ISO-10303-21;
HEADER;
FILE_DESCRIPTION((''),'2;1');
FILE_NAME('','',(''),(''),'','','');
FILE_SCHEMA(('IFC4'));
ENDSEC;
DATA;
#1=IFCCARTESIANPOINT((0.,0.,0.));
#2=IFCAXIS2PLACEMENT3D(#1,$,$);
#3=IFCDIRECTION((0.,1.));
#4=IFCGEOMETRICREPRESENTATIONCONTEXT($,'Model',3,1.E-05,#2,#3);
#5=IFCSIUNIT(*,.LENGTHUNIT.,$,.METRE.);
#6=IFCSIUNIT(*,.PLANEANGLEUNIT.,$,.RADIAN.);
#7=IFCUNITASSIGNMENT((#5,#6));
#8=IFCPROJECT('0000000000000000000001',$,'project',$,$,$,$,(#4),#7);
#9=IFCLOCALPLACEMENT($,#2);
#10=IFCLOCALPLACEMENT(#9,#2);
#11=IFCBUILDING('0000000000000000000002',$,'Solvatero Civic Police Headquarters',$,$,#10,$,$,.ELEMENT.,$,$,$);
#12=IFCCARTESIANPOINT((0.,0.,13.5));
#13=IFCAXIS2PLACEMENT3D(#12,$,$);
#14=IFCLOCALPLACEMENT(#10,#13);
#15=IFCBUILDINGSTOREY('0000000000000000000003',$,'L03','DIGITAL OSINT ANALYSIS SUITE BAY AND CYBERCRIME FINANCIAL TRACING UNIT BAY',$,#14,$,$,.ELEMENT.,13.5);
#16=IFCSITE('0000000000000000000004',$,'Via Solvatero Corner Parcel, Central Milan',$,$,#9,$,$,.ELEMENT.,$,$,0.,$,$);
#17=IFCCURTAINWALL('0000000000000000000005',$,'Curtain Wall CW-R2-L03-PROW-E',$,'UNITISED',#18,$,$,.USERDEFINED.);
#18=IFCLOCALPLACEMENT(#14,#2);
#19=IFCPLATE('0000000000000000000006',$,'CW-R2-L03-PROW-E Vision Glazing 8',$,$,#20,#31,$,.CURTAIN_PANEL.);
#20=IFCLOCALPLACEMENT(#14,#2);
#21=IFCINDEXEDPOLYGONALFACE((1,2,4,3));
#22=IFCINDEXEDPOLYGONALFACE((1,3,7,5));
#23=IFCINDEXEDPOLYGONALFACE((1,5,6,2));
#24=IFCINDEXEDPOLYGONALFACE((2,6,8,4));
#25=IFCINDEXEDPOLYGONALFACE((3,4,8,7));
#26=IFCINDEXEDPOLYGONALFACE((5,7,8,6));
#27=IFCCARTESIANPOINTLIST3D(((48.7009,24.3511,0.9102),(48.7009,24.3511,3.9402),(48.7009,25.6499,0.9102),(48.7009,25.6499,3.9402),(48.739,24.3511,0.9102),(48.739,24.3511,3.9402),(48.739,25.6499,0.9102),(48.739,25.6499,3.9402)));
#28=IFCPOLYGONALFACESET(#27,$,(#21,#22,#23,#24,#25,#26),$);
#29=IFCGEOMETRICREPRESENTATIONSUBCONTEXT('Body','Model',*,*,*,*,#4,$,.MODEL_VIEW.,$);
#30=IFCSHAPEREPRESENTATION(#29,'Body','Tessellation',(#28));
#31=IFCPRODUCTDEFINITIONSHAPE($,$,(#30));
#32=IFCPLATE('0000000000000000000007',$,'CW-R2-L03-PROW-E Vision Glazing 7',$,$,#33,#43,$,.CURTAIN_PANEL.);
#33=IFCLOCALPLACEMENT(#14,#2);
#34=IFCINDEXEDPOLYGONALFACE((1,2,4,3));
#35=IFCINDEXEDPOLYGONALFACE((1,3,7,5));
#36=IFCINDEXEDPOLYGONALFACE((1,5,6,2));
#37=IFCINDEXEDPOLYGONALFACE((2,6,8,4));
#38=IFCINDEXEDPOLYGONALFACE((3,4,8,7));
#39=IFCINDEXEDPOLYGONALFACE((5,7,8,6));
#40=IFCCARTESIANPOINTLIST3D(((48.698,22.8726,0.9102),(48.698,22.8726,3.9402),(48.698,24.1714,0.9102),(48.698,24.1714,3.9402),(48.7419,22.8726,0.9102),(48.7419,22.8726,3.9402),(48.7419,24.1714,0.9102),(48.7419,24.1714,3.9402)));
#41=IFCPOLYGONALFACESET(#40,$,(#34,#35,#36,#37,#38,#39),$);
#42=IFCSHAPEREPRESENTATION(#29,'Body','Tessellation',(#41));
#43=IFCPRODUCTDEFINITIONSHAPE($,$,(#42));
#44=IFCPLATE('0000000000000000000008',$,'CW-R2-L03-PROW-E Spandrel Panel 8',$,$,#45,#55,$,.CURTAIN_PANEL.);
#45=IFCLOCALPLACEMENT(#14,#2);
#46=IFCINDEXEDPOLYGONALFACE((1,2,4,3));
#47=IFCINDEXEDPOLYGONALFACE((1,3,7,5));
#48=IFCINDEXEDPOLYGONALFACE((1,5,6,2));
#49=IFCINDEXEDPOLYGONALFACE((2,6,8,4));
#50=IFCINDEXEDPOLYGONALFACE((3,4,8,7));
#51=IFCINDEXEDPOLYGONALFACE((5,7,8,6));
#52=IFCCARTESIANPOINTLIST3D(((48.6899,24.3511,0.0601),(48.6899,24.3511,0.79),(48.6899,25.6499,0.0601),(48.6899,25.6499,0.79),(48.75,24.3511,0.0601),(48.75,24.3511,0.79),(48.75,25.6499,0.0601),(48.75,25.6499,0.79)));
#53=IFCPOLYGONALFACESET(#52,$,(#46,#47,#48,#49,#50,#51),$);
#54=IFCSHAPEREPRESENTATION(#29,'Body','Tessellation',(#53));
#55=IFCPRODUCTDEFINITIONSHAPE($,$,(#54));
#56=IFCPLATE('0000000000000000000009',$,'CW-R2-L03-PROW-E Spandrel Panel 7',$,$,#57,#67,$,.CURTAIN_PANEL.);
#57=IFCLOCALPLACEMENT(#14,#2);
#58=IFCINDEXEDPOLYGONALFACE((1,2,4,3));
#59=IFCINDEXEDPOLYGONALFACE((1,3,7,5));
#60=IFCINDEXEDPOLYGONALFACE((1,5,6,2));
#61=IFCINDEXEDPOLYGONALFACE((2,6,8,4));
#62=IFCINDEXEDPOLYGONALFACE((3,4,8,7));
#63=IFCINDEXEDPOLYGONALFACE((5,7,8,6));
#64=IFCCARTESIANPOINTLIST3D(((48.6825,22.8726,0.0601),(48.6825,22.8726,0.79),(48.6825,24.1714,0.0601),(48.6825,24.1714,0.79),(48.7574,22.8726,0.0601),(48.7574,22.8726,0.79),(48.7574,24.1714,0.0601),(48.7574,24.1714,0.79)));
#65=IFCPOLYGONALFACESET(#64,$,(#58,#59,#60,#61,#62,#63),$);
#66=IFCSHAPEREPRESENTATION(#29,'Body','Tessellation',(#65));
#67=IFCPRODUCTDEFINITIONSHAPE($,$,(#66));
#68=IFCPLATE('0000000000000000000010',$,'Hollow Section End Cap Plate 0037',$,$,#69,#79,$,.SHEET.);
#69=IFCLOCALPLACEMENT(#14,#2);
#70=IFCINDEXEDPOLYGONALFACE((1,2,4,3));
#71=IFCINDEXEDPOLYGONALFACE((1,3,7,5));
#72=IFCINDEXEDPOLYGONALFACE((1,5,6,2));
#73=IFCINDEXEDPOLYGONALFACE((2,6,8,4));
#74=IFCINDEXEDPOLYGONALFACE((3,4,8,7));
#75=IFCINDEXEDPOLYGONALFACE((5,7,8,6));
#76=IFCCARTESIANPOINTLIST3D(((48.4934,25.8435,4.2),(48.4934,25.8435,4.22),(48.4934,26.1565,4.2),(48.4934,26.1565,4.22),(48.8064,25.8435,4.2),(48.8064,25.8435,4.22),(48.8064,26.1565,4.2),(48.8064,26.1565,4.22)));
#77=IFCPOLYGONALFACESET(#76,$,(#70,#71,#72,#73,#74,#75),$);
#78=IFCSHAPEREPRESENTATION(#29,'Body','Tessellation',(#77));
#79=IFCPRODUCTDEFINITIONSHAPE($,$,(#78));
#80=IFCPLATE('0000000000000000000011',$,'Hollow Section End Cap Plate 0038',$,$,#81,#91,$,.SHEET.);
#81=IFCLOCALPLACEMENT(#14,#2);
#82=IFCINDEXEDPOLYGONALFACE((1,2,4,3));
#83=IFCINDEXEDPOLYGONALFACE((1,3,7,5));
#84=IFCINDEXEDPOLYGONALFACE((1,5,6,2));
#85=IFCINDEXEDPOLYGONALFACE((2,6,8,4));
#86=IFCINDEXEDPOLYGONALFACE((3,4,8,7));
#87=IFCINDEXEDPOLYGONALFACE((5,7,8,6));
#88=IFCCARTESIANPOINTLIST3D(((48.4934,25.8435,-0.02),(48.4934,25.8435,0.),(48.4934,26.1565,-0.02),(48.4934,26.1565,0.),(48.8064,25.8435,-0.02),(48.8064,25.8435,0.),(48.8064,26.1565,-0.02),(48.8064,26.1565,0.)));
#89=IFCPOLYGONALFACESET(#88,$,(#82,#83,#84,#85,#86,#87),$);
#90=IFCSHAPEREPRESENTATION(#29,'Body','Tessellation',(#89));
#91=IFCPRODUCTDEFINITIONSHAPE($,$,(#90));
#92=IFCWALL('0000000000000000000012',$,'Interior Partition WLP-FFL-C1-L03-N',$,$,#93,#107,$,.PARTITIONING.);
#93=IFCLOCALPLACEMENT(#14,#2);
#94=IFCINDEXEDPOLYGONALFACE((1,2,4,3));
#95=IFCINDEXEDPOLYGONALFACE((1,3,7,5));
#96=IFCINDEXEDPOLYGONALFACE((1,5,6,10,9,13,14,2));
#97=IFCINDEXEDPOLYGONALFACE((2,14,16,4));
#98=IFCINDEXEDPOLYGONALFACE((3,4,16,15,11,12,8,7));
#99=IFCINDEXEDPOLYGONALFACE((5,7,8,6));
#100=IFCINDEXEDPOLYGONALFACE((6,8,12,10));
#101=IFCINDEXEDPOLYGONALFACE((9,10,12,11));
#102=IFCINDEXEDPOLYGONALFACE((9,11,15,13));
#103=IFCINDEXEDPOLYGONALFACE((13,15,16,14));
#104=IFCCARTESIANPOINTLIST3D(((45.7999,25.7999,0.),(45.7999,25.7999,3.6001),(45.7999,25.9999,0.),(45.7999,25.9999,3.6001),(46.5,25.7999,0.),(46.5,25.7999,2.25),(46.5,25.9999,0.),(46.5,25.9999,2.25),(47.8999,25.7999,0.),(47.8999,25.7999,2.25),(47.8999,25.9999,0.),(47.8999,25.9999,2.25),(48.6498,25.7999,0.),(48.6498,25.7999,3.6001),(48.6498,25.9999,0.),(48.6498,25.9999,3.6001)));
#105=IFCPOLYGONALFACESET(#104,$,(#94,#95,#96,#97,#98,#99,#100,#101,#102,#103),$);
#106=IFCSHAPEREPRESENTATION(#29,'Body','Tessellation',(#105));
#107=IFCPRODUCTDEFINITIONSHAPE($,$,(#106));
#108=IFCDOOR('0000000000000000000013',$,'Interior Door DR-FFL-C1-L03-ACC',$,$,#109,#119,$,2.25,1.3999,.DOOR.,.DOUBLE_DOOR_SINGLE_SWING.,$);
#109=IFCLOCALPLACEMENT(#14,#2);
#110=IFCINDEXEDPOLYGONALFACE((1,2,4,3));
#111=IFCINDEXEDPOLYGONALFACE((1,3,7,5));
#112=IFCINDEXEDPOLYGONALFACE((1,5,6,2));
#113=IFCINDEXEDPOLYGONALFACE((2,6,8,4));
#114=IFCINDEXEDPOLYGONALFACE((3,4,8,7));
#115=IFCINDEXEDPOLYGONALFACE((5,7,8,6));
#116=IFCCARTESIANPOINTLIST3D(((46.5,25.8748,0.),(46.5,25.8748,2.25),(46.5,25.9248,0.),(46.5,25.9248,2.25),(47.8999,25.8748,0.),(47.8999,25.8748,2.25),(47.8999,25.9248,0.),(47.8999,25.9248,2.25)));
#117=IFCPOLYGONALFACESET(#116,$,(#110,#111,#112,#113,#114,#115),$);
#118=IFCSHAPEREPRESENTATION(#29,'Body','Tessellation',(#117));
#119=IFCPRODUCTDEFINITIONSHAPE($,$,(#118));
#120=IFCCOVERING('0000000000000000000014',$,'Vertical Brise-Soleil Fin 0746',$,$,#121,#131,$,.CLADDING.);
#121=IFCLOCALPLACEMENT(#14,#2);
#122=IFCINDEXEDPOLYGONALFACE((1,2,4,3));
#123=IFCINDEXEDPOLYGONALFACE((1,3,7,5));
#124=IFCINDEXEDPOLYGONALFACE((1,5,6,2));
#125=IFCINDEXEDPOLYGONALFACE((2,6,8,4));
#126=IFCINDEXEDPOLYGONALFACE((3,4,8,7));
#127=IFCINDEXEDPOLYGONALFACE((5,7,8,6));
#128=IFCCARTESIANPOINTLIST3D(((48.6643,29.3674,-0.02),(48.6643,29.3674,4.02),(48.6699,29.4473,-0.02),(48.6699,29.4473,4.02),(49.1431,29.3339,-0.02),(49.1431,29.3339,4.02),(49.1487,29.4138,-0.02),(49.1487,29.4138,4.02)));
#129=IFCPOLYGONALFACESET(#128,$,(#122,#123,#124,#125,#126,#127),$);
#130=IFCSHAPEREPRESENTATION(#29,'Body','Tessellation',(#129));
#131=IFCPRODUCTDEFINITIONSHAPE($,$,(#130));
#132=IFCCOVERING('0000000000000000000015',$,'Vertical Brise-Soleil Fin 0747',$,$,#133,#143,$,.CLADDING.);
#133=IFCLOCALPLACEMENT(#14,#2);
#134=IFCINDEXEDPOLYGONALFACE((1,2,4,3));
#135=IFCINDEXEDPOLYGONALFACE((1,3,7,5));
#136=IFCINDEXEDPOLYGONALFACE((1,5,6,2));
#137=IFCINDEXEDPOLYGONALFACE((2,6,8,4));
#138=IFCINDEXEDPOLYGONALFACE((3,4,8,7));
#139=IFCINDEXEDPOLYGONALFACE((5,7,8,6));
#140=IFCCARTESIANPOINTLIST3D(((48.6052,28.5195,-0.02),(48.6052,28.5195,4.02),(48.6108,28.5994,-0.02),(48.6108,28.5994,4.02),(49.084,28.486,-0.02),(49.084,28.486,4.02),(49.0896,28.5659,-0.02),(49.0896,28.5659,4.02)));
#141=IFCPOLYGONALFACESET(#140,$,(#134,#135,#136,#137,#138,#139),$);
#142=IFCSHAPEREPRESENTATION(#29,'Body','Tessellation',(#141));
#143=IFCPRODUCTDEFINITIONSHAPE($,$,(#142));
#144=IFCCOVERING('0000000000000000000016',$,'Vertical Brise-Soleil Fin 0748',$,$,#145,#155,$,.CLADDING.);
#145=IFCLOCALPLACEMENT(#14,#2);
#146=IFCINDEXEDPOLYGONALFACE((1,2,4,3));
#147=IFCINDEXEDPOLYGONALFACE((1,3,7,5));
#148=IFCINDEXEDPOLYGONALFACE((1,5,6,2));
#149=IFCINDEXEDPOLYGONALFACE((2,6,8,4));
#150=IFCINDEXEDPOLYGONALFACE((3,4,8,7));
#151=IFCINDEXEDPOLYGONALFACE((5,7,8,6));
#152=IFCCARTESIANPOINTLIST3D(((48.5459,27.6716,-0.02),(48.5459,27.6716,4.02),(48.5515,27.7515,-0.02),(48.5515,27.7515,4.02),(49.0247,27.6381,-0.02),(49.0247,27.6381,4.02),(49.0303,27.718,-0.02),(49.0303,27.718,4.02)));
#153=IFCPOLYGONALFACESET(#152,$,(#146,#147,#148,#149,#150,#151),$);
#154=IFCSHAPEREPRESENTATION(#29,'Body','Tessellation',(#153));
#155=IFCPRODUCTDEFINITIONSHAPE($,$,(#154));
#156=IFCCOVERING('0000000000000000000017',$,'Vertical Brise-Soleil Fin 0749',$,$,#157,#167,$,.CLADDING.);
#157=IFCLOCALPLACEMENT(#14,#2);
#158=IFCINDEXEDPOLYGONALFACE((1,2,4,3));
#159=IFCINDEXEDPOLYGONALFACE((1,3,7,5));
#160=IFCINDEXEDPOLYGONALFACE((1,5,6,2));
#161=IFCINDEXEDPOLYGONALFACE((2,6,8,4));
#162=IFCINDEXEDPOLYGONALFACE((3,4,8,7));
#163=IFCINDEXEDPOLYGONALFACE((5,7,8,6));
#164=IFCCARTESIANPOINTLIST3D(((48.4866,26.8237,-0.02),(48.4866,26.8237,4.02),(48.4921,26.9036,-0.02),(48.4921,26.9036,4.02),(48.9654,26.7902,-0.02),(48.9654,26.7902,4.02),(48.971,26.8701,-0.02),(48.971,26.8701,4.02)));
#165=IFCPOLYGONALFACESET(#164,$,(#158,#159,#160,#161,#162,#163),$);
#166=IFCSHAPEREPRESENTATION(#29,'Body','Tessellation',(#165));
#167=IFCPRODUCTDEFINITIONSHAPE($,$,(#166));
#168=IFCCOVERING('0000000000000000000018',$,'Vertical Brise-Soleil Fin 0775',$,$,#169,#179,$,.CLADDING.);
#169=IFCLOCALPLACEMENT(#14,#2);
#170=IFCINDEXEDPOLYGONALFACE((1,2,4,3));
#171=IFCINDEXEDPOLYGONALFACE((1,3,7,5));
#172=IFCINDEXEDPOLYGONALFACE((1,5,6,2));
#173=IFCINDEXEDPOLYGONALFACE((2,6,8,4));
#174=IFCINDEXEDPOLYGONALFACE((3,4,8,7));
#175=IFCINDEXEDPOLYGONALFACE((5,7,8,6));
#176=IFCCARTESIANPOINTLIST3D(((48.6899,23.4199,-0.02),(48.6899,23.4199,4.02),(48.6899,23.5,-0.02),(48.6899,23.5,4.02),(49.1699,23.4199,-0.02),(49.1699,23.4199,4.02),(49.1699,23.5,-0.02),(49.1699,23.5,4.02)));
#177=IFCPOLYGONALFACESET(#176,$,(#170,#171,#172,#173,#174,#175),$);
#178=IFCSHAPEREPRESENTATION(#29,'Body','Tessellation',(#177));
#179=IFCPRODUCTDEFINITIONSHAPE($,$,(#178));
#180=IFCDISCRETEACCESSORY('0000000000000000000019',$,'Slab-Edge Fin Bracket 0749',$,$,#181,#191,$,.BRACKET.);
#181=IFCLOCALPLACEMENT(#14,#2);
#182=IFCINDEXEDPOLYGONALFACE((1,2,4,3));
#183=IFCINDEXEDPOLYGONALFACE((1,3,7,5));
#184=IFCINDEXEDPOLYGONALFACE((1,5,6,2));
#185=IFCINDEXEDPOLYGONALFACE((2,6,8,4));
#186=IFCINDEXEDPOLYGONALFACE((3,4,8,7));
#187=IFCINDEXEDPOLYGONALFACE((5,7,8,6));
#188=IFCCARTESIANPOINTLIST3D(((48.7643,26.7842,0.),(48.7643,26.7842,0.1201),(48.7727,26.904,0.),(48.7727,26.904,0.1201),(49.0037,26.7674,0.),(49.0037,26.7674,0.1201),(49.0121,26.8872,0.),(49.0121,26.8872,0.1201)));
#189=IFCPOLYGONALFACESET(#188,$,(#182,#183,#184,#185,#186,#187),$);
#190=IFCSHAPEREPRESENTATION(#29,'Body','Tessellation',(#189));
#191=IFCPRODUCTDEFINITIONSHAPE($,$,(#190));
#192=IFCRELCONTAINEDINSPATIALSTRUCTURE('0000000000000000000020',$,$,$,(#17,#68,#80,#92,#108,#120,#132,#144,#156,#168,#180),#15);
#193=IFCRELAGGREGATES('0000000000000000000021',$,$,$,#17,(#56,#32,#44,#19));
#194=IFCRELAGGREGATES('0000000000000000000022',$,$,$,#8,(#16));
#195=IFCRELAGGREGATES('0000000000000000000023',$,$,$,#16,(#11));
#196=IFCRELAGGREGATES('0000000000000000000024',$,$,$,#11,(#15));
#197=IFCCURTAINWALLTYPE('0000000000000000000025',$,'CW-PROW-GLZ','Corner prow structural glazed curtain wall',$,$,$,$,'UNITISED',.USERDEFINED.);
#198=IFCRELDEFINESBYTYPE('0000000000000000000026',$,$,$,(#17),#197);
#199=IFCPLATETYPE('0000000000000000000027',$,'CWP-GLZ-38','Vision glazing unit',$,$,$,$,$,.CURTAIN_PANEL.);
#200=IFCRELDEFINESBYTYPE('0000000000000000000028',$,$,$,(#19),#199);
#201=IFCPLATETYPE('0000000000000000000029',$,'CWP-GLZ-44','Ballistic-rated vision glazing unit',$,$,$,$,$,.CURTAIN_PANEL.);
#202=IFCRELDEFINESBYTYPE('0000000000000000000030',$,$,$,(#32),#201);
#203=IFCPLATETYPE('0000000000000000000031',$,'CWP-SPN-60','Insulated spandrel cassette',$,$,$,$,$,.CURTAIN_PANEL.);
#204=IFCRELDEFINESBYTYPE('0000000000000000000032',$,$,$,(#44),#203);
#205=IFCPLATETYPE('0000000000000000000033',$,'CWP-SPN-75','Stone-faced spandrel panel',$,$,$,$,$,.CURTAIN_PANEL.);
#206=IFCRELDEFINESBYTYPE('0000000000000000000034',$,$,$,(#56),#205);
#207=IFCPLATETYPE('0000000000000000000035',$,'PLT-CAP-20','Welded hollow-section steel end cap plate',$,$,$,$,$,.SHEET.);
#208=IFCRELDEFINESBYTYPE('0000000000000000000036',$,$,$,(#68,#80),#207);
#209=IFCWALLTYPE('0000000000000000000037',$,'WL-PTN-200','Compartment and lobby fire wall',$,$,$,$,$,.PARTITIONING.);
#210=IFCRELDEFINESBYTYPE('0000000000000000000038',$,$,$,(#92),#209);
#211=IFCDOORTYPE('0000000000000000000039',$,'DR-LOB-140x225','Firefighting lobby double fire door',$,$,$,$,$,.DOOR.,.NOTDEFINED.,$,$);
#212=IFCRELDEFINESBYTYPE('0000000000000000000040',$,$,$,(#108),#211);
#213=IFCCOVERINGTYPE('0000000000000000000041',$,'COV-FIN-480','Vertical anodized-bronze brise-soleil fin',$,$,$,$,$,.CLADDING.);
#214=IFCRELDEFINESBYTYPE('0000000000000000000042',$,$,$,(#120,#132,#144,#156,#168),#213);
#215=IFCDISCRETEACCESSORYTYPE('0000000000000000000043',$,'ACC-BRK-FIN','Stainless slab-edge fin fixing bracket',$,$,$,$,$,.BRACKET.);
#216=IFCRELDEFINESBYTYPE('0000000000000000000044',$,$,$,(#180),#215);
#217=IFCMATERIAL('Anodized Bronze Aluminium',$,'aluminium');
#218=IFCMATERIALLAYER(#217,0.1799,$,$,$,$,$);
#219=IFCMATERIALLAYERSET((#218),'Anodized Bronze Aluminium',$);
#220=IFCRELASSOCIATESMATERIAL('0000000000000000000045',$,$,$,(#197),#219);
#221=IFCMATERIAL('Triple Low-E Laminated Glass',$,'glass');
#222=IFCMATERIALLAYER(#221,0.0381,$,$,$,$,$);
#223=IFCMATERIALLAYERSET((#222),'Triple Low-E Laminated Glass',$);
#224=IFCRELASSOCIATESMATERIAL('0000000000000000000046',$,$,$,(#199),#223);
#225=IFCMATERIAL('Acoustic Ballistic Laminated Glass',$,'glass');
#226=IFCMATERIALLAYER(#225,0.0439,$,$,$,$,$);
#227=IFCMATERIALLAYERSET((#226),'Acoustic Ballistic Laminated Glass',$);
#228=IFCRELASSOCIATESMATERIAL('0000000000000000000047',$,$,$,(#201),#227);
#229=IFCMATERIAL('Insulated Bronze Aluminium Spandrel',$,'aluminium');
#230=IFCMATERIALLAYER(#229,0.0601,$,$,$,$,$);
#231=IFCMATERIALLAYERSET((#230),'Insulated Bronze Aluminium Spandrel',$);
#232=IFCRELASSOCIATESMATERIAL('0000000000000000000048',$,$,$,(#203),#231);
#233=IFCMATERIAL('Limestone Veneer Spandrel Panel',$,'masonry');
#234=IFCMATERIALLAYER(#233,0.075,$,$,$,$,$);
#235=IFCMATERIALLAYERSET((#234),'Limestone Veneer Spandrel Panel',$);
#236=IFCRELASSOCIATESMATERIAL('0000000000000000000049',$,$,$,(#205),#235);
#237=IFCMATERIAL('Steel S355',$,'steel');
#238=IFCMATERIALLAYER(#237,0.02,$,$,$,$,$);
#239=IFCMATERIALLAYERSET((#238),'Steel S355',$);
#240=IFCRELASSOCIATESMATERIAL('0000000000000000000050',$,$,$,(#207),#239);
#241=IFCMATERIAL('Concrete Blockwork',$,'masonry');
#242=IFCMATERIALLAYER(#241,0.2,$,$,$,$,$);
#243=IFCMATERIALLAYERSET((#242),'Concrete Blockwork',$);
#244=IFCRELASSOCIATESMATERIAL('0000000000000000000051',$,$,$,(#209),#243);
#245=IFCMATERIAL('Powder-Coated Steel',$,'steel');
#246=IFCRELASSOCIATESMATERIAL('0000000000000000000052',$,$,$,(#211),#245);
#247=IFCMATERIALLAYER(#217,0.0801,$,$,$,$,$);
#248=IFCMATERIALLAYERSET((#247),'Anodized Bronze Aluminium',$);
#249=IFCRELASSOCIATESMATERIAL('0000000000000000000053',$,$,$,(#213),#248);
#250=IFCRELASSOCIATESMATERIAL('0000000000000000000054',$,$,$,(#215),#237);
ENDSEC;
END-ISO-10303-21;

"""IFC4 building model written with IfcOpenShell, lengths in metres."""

from ifc_helpers import new_model, si_unit, direction, frame, frame_2d, origin, origin_2d, place, context, subcontext, project, spatial, rectangle, extrude, material, layer, layer_set, type_object, element, fill, aggregate, save


model = new_model("IFC4")

# Units and contexts
model_context = context("Model", 3, precision=1e-05, world=origin(), true_north=direction((0.0, 1.0)))
body_context = subcontext(model_context, "Body", "Model", "MODEL_VIEW")
ifc_project = project(units=[si_unit("LENGTHUNIT", "METRE"), si_unit("PLANEANGLEUNIT", "RADIAN")], contexts=[model_context])

# Site, building, storey
site_placement = place(None, origin())
site = spatial("IfcSite", under=ifc_project, at=site_placement, Name="Via Solvatero Corner Parcel, Central Milan", CompositionType="ELEMENT", RefElevation=0.0)
building_placement = place(site_placement, origin())
building = spatial("IfcBuilding", under=site, at=building_placement, Name="Solvatero Civic Police Headquarters", CompositionType="ELEMENT")
storey_placement = place(building_placement, frame((0.0, 0.0, 13.5)))
storey = spatial("IfcBuildingStorey", under=building, at=storey_placement, Name="L03", Description="DIGITAL OSINT ANALYSIS SUITE BAY AND CYBERCRIME FINANCIAL TRACING UNIT BAY", CompositionType="ELEMENT", Elevation=13.5)

# Shared definitions
ifc_material_1 = material(Name="Steel S355", Category="steel")

# Curtain wall
ifc_material_2 = material(Name="Anodized Bronze Aluminium", Category="aluminium")
ifc_layer_1 = layer(ifc_material_2, 0.1799)
ifc_layer_set_1 = layer_set([ifc_layer_1], Name="Anodized Bronze Aluminium")
curtain_wall_type_1 = type_object("IfcCurtainWallType", Name="CW-PROW-GLZ", Description="Corner prow structural glazed curtain wall", ElementType="UNITISED", PredefinedType="USERDEFINED", material=ifc_layer_set_1)
curtain_wall_1_placement = place(storey_placement, origin())
curtain_wall_1 = element("IfcCurtainWall", 1, at=curtain_wall_1_placement, inside=storey, type_object=curtain_wall_type_1, Name="Curtain Wall CW-R2-L03-PROW-E", ObjectType="UNITISED", PredefinedType="USERDEFINED")

# Plates
ifc_material_3 = material(Name="Triple Low-E Laminated Glass", Category="glass")
ifc_layer_2 = layer(ifc_material_3, 0.0381)
ifc_layer_set_2 = layer_set([ifc_layer_2], Name="Triple Low-E Laminated Glass")
plate_type_1 = type_object("IfcPlateType", Name="CWP-GLZ-38", Description="Vision glazing unit", PredefinedType="CURTAIN_PANEL", material=ifc_layer_set_2)
plate_1_placement = place(storey_placement, frame((48.72, 25.0005, 0.9102), z_axis=(0.0, 0.0, 1.0), x_axis=(0.0, 1.0, 0.0)))
plate_1 = element("IfcPlate", 2, at=plate_1_placement, type_object=plate_type_1, Name="CW-R2-L03-PROW-E Vision Glazing 8", PredefinedType="CURTAIN_PANEL", context=body_context, shape_type="SweptSolid", body=[
    extrude(rectangle(XDim=1.2988, YDim=0.0381, at=origin_2d()), origin(), (0.0, 0.0, 1.0), 3.03),
])
ifc_material_4 = material(Name="Acoustic Ballistic Laminated Glass", Category="glass")
ifc_layer_3 = layer(ifc_material_4, 0.0439)
ifc_layer_set_3 = layer_set([ifc_layer_3], Name="Acoustic Ballistic Laminated Glass")
plate_type_2 = type_object("IfcPlateType", Name="CWP-GLZ-44", Description="Ballistic-rated vision glazing unit", PredefinedType="CURTAIN_PANEL", material=ifc_layer_set_3)
plate_2_placement = place(storey_placement, frame((48.72, 23.522, 0.9102), z_axis=(0.0, 0.0, 1.0), x_axis=(0.0, 1.0, 0.0)))
plate_2 = element("IfcPlate", 3, at=plate_2_placement, type_object=plate_type_2, Name="CW-R2-L03-PROW-E Vision Glazing 7", PredefinedType="CURTAIN_PANEL", context=body_context, shape_type="SweptSolid", body=[
    extrude(rectangle(XDim=1.2988, YDim=0.0439, at=origin_2d()), origin(), (0.0, 0.0, 1.0), 3.03),
])
ifc_material_5 = material(Name="Insulated Bronze Aluminium Spandrel", Category="aluminium")
ifc_layer_4 = layer(ifc_material_5, 0.0601)
ifc_layer_set_4 = layer_set([ifc_layer_4], Name="Insulated Bronze Aluminium Spandrel")
plate_type_3 = type_object("IfcPlateType", Name="CWP-SPN-60", Description="Insulated spandrel cassette", PredefinedType="CURTAIN_PANEL", material=ifc_layer_set_4)
plate_3_placement = place(storey_placement, frame((48.72, 25.0005, 0.0601), z_axis=(0.0, 0.0, 1.0), x_axis=(0.0, 1.0, 0.0)))
plate_3 = element("IfcPlate", 4, at=plate_3_placement, type_object=plate_type_3, Name="CW-R2-L03-PROW-E Spandrel Panel 8", PredefinedType="CURTAIN_PANEL", context=body_context, shape_type="SweptSolid", body=[
    extrude(rectangle(XDim=1.2988, YDim=0.0601, at=origin_2d()), origin(), (0.0, 0.0, 1.0), 0.73),
])
ifc_material_6 = material(Name="Limestone Veneer Spandrel Panel", Category="masonry")
ifc_layer_5 = layer(ifc_material_6, 0.075)
ifc_layer_set_5 = layer_set([ifc_layer_5], Name="Limestone Veneer Spandrel Panel")
plate_type_4 = type_object("IfcPlateType", Name="CWP-SPN-75", Description="Stone-faced spandrel panel", PredefinedType="CURTAIN_PANEL", material=ifc_layer_set_5)
plate_4_placement = place(storey_placement, frame((48.72, 23.522, 0.0601), z_axis=(0.0, 0.0, 1.0), x_axis=(0.0, 1.0, 0.0)))
plate_4 = element("IfcPlate", 5, at=plate_4_placement, type_object=plate_type_4, Name="CW-R2-L03-PROW-E Spandrel Panel 7", PredefinedType="CURTAIN_PANEL", context=body_context, shape_type="SweptSolid", body=[
    extrude(rectangle(XDim=1.2988, YDim=0.075, at=origin_2d()), origin(), (0.0, 0.0, 1.0), 0.73),
])
aggregate(curtain_wall_1, [plate_4, plate_2, plate_3, plate_1])

# Plates
ifc_layer_6 = layer(ifc_material_1, 0.02)
ifc_layer_set_6 = layer_set([ifc_layer_6], Name="Steel S355")
plate_type_5 = type_object("IfcPlateType", Name="PLT-CAP-20", Description="Welded hollow-section steel end cap plate", PredefinedType="SHEET", material=ifc_layer_set_6)
for number, where, z_axis, x_axis, name in (
    (6, (48.6499, 26.0, 4.2), (0.0, 0.0, 1.0), (0.0, 1.0, 0.0), "Hollow Section End Cap Plate 0037"),
    (7, (48.6499, 26.0, -0.02), (0.0, 0.0, 1.0), (0.0, 1.0, 0.0), "Hollow Section End Cap Plate 0038"),
):
    element("IfcPlate", number, at=place(storey_placement, frame(where, z_axis=z_axis, x_axis=x_axis)), inside=storey, type_object=plate_type_5, Name=name, PredefinedType="SHEET", context=body_context, shape_type="SweptSolid", body=[
        extrude(rectangle(XDim=0.313, YDim=0.313, at=origin_2d()), origin(), (0.0, 0.0, 1.0), 0.02),
    ])

# Wall, opening, door
ifc_material_7 = material(Name="Concrete Blockwork", Category="masonry")
ifc_layer_7 = layer(ifc_material_7, 0.2)
ifc_layer_set_7 = layer_set([ifc_layer_7], Name="Concrete Blockwork")
wall_type = type_object("IfcWallType", Name="WL-PTN-200", Description="Compartment and lobby fire wall", PredefinedType="PARTITIONING", material=ifc_layer_set_7)
wall_placement = place(storey_placement, frame((45.8, 25.8999, 0.0), z_axis=(0.0, 0.0, 1.0), x_axis=(1.0, 0.0, 0.0)))
wall = element("IfcWall", 8, at=wall_placement, inside=storey, type_object=wall_type, Name="Interior Partition WLP-FFL-C1-L03-N", PredefinedType="PARTITIONING", context=body_context, shape_type="SweptSolid", body=[
    extrude(rectangle(XDim=2.8499, YDim=0.2, at=frame_2d((1.4248, 0.0))), origin(), (0.0, 0.0, 1.0), 3.6001),
])
opening_placement = place(wall_placement, frame((0.7, 0.0, 0.0)))
opening = element("IfcOpeningElement", 9, at=opening_placement, cuts=wall, PredefinedType="OPENING", context=body_context, shape_type="SweptSolid", body=[
    extrude(rectangle(XDim=1.3999, YDim=2.25, at=frame_2d((0.7, 1.125))), frame((0.0, 0.1099, 0.0), z_axis=(0.0, -1.0, 0.0), x_axis=(1.0, 0.0, 0.0)), (0.0, 0.0, 1.0), 0.22),
])
ifc_material_8 = material(Name="Powder-Coated Steel", Category="steel")
door_type = type_object("IfcDoorType", Name="DR-LOB-140x225", Description="Firefighting lobby double fire door", OperationType="NOTDEFINED", PredefinedType="DOOR", material=ifc_material_8)
door_placement = place(opening_placement, origin())
door = element("IfcDoor", 10, at=door_placement, inside=storey, type_object=door_type, Name="Interior Door DR-FFL-C1-L03-ACC", OperationType="DOUBLE_DOOR_SINGLE_SWING", OverallHeight=2.25, OverallWidth=1.3999, PredefinedType="DOOR", context=body_context, shape_type="SweptSolid", body=[
    extrude(rectangle(XDim=1.3999, YDim=2.25, at=frame_2d((0.7, 1.125))), frame((0.0, 0.0249, 0.0), z_axis=(0.0, -1.0, 0.0), x_axis=(1.0, 0.0, 0.0)), (0.0, 0.0, 1.0), 0.05),
])
fill(opening, door)

# Coverings
ifc_layer_8 = layer(ifc_material_2, 0.0801)
ifc_layer_set_8 = layer_set([ifc_layer_8], Name="Anodized Bronze Aluminium")
covering_type = type_object("IfcCoveringType", Name="COV-FIN-480", Description="Vertical anodized-bronze brise-soleil fin", PredefinedType="CLADDING", material=ifc_layer_set_8)
for number, where, z_axis, x_axis, name in (
    (11, (48.9065, 29.3906, -0.02), (0.0, 0.0, 1.0), (-0.069756, -0.997564, 0.0), "Vertical Brise-Soleil Fin 0746"),
    (12, (48.8474, 28.5427, -0.02), (0.0, 0.0, 1.0), (-0.069756, -0.997564, 0.0), "Vertical Brise-Soleil Fin 0747"),
    (13, (48.7881, 27.6948, -0.02), (0.0, 0.0, 1.0), (-0.069756, -0.997564, 0.0), "Vertical Brise-Soleil Fin 0748"),
    (14, (48.7288, 26.8469, -0.02), (0.0, 0.0, 1.0), (-0.069756, -0.997564, 0.0), "Vertical Brise-Soleil Fin 0749"),
    (15, (48.9299, 23.46, -0.02), (0.0, 0.0, 1.0), (0.0, 1.0, 0.0), "Vertical Brise-Soleil Fin 0775"),
):
    element("IfcCovering", number, at=place(storey_placement, frame(where, z_axis=z_axis, x_axis=x_axis)), inside=storey, type_object=covering_type, Name=name, PredefinedType="CLADDING", context=body_context, shape_type="SweptSolid", body=[
        extrude(rectangle(XDim=0.0801, YDim=0.48, at=origin_2d()), origin(), (0.0, 0.0, 1.0), 4.04),
    ])

# Discrete accessory
discrete_accessory_type = type_object("IfcDiscreteAccessoryType", Name="ACC-BRK-FIN", Description="Stainless slab-edge fin fixing bracket", PredefinedType="BRACKET", material=ifc_material_1)
for number, where, z_axis, x_axis, name in (
    (16, (48.8882, 26.8357, 0.0), (0.0, 0.0, 1.0), (-0.069756, -0.997564, 0.0), "Slab-Edge Fin Bracket 0749"),
):
    element("IfcDiscreteAccessory", number, at=place(storey_placement, frame(where, z_axis=z_axis, x_axis=x_axis)), inside=storey, type_object=discrete_accessory_type, Name=name, PredefinedType="BRACKET", context=body_context, shape_type="SweptSolid", body=[
        extrude(rectangle(XDim=0.1201, YDim=0.24, at=origin_2d()), origin(), (0.0, 0.0, 1.0), 0.1201),
    ])

save(model, "model.ifc")
